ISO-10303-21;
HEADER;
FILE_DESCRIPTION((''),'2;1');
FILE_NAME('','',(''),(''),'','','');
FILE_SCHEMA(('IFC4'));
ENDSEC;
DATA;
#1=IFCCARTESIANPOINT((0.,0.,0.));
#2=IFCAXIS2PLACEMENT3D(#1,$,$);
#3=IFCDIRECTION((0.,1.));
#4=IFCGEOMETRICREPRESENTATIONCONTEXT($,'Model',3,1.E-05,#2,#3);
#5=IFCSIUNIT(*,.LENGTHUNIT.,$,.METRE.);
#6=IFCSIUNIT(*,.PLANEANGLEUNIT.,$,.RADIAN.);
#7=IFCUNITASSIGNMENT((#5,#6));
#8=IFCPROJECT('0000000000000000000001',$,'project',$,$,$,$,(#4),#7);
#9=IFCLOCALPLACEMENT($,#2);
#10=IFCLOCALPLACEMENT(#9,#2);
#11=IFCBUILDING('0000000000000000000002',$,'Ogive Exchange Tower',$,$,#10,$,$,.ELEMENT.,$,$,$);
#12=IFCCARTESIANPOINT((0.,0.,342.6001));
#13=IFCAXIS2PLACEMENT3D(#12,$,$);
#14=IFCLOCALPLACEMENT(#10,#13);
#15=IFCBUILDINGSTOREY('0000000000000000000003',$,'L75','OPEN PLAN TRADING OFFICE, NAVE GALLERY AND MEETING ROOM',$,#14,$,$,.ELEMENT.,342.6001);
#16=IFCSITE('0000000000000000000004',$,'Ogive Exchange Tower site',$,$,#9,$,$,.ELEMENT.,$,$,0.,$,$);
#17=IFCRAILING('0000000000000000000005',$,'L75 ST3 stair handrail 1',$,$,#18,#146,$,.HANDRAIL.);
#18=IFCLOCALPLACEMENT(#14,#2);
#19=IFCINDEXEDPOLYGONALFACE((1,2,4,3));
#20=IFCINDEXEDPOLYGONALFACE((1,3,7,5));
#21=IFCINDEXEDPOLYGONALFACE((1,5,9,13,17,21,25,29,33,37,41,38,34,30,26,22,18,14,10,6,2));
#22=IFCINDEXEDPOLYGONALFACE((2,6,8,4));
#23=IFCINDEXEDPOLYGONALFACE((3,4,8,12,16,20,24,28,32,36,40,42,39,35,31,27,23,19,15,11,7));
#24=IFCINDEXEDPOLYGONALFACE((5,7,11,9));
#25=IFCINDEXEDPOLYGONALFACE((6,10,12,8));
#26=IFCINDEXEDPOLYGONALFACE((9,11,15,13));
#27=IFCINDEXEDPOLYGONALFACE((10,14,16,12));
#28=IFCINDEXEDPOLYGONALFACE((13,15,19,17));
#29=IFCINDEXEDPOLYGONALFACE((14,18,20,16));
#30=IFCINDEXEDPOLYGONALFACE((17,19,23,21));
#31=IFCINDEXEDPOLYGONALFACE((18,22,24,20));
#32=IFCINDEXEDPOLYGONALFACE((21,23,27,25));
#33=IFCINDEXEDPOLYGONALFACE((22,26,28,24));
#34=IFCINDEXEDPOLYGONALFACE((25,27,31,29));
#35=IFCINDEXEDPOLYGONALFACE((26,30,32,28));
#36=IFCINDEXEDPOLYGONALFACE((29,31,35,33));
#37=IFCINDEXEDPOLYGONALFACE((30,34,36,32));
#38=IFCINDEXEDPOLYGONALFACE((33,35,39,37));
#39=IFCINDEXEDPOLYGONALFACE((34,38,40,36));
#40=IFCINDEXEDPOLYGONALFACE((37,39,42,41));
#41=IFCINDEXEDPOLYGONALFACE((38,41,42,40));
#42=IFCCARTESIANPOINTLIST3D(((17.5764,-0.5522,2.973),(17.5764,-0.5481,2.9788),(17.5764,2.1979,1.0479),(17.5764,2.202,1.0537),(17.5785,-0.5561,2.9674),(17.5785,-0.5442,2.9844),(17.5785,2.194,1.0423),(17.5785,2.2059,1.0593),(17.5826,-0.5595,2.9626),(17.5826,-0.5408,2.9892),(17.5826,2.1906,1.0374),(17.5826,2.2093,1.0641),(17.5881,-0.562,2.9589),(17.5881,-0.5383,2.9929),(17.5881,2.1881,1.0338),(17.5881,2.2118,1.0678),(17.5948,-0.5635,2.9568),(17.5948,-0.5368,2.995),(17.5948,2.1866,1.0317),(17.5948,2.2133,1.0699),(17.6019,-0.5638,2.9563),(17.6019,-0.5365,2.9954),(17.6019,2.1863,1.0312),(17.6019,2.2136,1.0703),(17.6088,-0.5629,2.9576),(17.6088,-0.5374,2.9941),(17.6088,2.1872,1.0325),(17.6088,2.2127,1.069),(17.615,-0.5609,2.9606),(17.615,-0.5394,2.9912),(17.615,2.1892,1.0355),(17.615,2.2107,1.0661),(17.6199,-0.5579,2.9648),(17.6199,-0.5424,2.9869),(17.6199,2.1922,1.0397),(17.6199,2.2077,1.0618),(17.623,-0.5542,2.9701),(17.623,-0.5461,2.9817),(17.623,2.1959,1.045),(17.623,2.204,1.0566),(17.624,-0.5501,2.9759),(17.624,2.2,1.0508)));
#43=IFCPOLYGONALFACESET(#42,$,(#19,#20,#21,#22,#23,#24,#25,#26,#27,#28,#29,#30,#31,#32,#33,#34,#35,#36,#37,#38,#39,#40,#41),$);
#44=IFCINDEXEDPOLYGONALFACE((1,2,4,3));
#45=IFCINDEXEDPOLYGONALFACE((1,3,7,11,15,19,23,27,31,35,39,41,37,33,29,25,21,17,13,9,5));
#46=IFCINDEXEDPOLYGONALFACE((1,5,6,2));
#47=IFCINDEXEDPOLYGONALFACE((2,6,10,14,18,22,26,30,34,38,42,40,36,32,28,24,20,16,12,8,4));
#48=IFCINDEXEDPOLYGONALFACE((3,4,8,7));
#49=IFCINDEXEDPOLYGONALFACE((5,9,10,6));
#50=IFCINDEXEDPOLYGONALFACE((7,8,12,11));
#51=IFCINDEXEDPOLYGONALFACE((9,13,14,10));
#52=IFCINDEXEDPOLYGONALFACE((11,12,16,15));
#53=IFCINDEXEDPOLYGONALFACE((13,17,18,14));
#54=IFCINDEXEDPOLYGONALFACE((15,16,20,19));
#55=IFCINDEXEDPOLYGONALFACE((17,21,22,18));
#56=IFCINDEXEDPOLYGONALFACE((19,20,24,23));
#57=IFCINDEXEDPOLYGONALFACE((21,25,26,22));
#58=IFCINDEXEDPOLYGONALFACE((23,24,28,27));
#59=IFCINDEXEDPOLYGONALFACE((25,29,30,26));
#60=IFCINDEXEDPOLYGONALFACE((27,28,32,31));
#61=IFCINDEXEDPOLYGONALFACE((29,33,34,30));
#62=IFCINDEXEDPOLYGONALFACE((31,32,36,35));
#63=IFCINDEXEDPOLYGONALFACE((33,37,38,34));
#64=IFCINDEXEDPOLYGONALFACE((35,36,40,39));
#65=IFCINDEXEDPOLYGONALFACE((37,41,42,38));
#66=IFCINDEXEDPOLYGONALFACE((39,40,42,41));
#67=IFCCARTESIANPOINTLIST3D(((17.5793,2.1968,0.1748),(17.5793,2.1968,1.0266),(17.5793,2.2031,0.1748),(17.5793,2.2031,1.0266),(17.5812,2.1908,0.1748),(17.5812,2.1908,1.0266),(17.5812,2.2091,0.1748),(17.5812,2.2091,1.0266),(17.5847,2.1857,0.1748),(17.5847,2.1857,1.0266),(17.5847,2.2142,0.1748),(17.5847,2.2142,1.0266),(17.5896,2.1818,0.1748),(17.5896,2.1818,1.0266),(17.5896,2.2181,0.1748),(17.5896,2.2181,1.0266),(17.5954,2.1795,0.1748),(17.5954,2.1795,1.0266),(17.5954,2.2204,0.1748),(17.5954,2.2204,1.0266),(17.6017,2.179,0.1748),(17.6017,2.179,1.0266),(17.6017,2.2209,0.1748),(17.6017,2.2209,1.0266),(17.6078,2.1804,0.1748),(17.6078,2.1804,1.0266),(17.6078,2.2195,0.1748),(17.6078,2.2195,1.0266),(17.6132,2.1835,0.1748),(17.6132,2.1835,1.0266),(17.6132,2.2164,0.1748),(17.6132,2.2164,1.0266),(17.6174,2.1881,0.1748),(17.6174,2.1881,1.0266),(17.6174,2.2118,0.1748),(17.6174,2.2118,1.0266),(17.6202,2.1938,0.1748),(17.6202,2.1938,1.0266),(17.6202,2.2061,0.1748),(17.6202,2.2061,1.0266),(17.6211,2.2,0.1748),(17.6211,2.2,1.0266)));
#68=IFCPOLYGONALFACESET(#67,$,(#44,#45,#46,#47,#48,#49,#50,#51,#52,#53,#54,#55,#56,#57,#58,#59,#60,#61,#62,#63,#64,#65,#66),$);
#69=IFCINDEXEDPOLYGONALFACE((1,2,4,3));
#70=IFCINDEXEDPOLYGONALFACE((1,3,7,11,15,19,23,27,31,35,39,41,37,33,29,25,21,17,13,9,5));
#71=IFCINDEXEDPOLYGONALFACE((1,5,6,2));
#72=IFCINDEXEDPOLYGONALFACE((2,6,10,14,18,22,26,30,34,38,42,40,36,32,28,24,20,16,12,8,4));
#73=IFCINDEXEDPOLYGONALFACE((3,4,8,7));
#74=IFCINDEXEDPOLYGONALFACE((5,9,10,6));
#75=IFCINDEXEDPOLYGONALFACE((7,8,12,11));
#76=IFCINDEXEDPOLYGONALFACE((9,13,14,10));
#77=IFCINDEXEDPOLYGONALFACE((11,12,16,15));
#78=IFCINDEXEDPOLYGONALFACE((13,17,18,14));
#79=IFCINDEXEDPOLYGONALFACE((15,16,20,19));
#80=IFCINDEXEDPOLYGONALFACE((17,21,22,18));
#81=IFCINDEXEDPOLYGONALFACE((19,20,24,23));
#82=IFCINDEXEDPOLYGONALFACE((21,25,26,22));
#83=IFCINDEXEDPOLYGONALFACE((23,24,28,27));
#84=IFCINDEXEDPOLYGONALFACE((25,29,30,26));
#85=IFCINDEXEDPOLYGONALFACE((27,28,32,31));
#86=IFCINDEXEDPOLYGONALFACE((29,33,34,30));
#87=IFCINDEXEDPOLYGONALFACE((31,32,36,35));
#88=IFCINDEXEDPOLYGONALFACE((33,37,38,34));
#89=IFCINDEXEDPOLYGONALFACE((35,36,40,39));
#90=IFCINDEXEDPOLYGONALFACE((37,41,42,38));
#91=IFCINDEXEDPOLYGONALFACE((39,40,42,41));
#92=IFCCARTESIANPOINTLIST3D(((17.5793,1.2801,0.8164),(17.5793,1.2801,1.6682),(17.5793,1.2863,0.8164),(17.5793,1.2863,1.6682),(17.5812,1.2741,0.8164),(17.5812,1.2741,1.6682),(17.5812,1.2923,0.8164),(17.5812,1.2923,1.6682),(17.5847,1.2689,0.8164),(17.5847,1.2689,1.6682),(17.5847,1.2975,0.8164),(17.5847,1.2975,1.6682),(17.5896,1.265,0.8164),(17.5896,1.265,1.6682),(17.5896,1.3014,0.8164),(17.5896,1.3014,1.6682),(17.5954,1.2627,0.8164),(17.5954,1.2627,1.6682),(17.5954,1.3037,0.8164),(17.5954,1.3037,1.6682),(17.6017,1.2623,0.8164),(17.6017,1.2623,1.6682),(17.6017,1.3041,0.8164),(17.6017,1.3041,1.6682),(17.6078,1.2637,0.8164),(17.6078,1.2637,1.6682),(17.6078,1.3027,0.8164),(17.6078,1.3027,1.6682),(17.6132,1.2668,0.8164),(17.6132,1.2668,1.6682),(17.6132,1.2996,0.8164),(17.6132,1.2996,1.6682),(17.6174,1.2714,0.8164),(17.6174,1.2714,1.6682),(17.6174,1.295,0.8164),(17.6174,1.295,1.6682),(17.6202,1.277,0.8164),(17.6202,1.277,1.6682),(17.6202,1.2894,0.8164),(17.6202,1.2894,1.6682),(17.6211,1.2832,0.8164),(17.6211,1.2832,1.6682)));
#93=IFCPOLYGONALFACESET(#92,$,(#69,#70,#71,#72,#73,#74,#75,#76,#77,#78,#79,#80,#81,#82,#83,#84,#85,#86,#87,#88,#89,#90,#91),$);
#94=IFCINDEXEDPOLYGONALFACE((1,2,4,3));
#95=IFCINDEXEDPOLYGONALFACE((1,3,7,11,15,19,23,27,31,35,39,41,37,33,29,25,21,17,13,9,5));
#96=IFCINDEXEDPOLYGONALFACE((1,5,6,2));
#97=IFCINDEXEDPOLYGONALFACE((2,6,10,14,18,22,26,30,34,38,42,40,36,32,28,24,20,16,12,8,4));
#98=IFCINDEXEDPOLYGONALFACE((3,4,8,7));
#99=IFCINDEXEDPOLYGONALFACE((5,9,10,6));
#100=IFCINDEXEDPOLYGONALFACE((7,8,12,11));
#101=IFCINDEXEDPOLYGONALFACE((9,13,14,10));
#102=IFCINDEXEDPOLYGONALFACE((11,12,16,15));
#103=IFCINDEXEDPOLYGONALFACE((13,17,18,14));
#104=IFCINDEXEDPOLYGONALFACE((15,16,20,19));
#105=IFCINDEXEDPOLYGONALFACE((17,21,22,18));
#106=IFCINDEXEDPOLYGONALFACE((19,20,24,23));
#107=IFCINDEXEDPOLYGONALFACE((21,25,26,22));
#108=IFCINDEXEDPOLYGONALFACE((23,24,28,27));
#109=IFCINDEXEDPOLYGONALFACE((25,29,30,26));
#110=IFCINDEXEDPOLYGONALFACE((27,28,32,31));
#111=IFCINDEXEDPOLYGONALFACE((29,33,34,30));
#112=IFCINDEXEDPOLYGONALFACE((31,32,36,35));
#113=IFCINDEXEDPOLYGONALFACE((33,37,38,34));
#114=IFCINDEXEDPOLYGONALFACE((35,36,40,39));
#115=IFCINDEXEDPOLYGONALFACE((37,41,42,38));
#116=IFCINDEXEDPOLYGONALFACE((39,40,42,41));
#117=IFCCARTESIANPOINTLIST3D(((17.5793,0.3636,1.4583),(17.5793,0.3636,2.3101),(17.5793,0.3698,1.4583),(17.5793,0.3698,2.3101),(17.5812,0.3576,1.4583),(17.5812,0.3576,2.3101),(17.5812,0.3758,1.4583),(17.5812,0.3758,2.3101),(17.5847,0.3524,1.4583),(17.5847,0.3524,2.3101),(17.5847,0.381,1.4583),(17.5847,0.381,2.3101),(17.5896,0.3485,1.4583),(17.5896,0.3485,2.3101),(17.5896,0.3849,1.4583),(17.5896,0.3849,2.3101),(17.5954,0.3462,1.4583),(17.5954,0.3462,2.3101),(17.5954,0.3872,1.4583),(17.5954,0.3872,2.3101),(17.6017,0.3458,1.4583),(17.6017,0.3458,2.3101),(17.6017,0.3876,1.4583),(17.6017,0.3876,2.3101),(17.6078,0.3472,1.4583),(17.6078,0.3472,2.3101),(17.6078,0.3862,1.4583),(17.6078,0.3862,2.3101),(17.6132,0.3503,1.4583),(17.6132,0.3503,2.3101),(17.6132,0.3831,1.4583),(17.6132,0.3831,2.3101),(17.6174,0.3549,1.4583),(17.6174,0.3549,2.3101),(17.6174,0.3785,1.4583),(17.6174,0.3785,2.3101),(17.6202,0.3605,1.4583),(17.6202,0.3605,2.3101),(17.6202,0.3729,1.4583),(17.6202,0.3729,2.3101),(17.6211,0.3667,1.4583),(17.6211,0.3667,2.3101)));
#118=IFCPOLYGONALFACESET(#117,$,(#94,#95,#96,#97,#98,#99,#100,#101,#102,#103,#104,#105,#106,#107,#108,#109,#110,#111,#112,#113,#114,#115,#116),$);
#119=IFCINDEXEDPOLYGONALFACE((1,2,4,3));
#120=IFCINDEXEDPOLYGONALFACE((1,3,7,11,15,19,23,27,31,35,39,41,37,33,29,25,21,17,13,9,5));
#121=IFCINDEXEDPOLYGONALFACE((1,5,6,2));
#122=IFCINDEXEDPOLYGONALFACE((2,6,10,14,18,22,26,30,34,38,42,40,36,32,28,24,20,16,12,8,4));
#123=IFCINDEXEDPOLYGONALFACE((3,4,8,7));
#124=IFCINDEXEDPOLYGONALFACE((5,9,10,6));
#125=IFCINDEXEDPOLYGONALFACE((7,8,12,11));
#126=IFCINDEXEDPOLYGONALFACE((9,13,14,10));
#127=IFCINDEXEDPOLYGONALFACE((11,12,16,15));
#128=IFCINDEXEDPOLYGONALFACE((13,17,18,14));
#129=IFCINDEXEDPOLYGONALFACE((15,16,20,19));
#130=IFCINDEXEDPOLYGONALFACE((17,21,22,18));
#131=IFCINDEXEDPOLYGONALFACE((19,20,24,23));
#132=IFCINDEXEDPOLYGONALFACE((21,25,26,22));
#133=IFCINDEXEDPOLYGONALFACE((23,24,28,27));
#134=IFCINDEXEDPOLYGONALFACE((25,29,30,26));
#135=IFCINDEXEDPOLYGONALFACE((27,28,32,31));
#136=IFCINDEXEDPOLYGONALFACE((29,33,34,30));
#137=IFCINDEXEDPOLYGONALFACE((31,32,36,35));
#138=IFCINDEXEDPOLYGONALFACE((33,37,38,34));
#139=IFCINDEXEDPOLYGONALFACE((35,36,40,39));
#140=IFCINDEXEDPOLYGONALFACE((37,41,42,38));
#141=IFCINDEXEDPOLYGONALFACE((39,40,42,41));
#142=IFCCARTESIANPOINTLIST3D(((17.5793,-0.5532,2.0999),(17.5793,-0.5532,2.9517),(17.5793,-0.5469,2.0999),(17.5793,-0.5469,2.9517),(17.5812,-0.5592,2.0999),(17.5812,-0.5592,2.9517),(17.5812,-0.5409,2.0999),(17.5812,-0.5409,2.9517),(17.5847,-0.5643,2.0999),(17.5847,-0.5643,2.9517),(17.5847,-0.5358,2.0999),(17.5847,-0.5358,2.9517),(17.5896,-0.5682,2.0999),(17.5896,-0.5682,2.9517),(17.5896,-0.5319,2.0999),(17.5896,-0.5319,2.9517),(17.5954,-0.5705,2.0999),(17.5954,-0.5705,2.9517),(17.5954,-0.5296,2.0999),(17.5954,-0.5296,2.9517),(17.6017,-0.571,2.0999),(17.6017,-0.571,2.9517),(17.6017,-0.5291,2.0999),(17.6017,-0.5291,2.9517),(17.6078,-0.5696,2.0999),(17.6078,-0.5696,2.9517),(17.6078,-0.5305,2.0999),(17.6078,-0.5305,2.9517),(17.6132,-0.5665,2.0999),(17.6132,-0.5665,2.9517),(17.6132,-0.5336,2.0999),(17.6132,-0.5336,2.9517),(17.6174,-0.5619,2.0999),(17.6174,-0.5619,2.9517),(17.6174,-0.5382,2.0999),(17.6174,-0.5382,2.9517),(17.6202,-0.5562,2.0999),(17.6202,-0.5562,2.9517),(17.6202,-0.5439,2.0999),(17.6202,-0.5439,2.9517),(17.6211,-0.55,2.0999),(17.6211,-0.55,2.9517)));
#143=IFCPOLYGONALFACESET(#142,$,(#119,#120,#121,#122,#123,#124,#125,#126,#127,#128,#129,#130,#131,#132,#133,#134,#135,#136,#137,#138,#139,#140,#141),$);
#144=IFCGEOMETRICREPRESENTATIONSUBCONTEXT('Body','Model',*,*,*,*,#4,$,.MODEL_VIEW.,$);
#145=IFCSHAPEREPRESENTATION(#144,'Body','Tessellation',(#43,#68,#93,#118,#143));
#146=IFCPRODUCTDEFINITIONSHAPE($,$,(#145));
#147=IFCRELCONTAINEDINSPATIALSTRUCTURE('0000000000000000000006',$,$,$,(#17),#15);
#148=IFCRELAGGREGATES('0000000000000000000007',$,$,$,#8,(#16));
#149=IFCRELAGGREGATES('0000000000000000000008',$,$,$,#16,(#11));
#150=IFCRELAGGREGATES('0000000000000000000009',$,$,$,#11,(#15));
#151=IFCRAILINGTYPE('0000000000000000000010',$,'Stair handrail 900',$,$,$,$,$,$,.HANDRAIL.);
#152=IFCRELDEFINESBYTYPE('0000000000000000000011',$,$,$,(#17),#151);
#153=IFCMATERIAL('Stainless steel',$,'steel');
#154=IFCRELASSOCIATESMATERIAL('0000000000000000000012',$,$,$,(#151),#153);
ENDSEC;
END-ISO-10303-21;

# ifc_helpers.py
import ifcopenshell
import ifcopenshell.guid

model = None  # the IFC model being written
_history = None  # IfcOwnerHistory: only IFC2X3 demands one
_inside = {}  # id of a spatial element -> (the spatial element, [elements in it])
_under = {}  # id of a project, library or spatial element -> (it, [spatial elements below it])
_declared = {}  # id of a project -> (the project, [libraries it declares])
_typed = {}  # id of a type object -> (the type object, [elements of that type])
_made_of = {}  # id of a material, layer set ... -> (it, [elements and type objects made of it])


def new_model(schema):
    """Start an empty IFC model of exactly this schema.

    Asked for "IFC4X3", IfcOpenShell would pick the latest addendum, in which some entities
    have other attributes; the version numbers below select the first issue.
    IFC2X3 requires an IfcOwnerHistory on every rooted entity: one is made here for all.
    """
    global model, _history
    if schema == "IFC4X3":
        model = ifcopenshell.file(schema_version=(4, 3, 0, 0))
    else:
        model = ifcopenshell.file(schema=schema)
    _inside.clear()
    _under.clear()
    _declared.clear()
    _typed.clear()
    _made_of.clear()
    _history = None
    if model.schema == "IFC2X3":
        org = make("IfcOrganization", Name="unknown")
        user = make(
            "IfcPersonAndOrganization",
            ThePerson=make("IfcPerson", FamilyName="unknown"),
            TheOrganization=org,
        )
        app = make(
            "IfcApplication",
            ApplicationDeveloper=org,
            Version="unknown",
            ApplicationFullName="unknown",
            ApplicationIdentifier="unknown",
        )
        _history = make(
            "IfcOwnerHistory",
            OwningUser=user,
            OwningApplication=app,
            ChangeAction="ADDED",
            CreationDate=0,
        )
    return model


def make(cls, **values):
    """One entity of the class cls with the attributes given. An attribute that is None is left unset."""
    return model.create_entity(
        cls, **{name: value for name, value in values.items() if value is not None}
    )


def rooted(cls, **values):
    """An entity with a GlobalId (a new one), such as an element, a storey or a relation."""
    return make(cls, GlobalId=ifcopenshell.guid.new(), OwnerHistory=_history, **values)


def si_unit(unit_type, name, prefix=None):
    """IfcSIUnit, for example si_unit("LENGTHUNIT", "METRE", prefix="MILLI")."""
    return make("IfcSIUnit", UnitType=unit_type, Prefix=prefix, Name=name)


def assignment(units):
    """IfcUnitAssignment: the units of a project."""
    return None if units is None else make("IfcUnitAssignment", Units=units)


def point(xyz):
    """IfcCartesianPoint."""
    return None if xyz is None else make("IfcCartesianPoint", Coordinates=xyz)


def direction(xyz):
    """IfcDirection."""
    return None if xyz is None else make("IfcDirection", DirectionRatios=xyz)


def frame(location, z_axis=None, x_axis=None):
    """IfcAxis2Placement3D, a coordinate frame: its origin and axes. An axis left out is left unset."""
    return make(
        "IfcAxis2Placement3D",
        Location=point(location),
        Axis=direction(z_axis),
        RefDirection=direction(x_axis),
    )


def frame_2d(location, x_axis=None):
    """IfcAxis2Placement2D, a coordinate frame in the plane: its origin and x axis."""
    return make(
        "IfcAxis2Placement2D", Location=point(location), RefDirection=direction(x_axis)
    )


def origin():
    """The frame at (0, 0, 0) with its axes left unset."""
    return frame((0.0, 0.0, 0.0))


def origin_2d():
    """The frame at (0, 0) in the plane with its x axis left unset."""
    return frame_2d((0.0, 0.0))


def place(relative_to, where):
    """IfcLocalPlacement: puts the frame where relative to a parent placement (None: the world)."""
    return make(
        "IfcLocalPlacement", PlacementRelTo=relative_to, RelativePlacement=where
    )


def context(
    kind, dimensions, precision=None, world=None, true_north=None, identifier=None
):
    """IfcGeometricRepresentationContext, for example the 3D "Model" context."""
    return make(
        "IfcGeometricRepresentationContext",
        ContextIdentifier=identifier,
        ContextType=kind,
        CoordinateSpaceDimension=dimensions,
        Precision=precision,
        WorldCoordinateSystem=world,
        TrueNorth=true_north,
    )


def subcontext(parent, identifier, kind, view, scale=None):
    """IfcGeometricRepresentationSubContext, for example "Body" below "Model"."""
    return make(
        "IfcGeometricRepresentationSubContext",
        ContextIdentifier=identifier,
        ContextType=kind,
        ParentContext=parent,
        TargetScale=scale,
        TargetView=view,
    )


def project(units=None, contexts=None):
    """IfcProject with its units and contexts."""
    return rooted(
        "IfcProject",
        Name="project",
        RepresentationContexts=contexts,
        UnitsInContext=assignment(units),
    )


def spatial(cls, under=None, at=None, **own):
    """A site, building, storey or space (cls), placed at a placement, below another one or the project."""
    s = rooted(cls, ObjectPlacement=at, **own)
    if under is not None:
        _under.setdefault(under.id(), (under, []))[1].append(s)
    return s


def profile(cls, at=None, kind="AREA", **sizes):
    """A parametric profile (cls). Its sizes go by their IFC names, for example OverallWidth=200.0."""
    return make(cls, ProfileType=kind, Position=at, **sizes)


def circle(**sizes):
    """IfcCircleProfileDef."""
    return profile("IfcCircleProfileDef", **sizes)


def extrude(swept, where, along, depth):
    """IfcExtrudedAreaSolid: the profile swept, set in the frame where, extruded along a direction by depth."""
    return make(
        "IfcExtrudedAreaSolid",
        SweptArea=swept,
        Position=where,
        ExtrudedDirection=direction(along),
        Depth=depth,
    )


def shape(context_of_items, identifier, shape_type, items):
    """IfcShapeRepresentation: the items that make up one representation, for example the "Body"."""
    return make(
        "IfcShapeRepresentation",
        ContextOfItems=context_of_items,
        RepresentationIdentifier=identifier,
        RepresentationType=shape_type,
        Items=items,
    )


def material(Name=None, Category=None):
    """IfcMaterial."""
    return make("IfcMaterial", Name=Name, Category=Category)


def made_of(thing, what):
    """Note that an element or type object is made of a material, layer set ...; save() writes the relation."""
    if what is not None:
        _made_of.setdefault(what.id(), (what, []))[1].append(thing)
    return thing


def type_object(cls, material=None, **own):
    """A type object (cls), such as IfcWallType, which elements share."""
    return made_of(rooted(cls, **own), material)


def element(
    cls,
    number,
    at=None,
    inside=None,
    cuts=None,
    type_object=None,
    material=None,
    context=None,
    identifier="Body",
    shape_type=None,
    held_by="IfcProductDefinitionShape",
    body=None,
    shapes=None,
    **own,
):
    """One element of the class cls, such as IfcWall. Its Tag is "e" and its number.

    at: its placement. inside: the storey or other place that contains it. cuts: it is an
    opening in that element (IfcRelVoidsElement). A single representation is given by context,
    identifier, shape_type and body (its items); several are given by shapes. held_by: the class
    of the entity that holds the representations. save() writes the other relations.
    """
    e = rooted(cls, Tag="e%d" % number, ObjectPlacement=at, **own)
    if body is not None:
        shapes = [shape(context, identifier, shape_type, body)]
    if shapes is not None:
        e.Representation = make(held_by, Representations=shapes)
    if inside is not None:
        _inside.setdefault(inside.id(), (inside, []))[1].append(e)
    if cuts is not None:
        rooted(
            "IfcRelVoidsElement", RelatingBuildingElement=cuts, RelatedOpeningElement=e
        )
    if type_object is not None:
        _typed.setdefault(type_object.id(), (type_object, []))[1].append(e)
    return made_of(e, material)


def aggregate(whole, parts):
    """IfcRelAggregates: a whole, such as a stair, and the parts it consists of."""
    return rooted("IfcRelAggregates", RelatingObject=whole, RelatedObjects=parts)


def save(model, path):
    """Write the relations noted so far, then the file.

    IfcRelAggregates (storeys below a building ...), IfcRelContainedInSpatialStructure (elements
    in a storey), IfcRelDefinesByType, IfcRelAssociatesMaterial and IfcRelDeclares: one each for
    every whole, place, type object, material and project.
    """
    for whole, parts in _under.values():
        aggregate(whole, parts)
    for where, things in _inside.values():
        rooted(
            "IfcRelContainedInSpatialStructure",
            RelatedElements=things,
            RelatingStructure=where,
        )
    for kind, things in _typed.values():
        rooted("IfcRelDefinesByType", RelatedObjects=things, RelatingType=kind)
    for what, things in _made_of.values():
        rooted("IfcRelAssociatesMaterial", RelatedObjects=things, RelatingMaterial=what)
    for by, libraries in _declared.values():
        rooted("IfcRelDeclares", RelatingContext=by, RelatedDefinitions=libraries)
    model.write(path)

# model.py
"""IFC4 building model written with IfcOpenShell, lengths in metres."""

from ifc_helpers import new_model, si_unit, direction, frame, origin, origin_2d, place, context, subcontext, project, spatial, circle, extrude, material, type_object, element, save


model = new_model("IFC4")

# Units and contexts
model_context = context("Model", 3, precision=1e-05, world=origin(), true_north=direction((0.0, 1.0)))
body_context = subcontext(model_context, "Body", "Model", "MODEL_VIEW")
ifc_project = project(units=[si_unit("LENGTHUNIT", "METRE"), si_unit("PLANEANGLEUNIT", "RADIAN")], contexts=[model_context])

# Site, building, storey
site_placement = place(None, origin())
site = spatial("IfcSite", under=ifc_project, at=site_placement, Name="Ogive Exchange Tower site", CompositionType="ELEMENT", RefElevation=0.0)
building_placement = place(site_placement, origin())
building = spatial("IfcBuilding", under=site, at=building_placement, Name="Ogive Exchange Tower", CompositionType="ELEMENT")
storey_placement = place(building_placement, frame((0.0, 0.0, 342.6001)))
storey = spatial("IfcBuildingStorey", under=building, at=storey_placement, Name="L75", Description="OPEN PLAN TRADING OFFICE, NAVE GALLERY AND MEETING ROOM", CompositionType="ELEMENT", Elevation=342.6001)

# Shared definitions
ifc_material_1 = material(Name="Stainless steel", Category="steel")

# Railing
railing_type = type_object("IfcRailingType", Name="Stair handrail 900", PredefinedType="HANDRAIL", material=ifc_material_1)
railing_1_placement = place(storey_placement, frame((17.6001, 2.2, 0.1748)))
element("IfcRailing", 1, at=railing_1_placement, inside=storey, type_object=railing_type, Name="L75 ST3 stair handrail 1", PredefinedType="HANDRAIL", context=body_context, shape_type="SweptSolid", body=[
    extrude(circle(Radius=0.0239, at=origin_2d()), frame((0.0, 0.0, 0.876), z_axis=(0.0, -0.819225, 0.573472), x_axis=(1.0, 0.0, 0.0)), (0.0, 0.0, 1.0), 3.3569),
    extrude(circle(Radius=0.021, at=origin_2d()), origin(), (0.0, 0.0, 1.0), 0.8518),
    extrude(circle(Radius=0.021, at=origin_2d()), frame((0.0, -0.9167, 0.6416)), (0.0, 0.0, 1.0), 0.8518),
    extrude(circle(Radius=0.021, at=origin_2d()), frame((0.0, -1.8333, 1.2834)), (0.0, 0.0, 1.0), 0.8518),
    extrude(circle(Radius=0.021, at=origin_2d()), frame((0.0, -2.75, 1.925)), (0.0, 0.0, 1.0), 0.8518),
])

save(model, "model.ifc")
